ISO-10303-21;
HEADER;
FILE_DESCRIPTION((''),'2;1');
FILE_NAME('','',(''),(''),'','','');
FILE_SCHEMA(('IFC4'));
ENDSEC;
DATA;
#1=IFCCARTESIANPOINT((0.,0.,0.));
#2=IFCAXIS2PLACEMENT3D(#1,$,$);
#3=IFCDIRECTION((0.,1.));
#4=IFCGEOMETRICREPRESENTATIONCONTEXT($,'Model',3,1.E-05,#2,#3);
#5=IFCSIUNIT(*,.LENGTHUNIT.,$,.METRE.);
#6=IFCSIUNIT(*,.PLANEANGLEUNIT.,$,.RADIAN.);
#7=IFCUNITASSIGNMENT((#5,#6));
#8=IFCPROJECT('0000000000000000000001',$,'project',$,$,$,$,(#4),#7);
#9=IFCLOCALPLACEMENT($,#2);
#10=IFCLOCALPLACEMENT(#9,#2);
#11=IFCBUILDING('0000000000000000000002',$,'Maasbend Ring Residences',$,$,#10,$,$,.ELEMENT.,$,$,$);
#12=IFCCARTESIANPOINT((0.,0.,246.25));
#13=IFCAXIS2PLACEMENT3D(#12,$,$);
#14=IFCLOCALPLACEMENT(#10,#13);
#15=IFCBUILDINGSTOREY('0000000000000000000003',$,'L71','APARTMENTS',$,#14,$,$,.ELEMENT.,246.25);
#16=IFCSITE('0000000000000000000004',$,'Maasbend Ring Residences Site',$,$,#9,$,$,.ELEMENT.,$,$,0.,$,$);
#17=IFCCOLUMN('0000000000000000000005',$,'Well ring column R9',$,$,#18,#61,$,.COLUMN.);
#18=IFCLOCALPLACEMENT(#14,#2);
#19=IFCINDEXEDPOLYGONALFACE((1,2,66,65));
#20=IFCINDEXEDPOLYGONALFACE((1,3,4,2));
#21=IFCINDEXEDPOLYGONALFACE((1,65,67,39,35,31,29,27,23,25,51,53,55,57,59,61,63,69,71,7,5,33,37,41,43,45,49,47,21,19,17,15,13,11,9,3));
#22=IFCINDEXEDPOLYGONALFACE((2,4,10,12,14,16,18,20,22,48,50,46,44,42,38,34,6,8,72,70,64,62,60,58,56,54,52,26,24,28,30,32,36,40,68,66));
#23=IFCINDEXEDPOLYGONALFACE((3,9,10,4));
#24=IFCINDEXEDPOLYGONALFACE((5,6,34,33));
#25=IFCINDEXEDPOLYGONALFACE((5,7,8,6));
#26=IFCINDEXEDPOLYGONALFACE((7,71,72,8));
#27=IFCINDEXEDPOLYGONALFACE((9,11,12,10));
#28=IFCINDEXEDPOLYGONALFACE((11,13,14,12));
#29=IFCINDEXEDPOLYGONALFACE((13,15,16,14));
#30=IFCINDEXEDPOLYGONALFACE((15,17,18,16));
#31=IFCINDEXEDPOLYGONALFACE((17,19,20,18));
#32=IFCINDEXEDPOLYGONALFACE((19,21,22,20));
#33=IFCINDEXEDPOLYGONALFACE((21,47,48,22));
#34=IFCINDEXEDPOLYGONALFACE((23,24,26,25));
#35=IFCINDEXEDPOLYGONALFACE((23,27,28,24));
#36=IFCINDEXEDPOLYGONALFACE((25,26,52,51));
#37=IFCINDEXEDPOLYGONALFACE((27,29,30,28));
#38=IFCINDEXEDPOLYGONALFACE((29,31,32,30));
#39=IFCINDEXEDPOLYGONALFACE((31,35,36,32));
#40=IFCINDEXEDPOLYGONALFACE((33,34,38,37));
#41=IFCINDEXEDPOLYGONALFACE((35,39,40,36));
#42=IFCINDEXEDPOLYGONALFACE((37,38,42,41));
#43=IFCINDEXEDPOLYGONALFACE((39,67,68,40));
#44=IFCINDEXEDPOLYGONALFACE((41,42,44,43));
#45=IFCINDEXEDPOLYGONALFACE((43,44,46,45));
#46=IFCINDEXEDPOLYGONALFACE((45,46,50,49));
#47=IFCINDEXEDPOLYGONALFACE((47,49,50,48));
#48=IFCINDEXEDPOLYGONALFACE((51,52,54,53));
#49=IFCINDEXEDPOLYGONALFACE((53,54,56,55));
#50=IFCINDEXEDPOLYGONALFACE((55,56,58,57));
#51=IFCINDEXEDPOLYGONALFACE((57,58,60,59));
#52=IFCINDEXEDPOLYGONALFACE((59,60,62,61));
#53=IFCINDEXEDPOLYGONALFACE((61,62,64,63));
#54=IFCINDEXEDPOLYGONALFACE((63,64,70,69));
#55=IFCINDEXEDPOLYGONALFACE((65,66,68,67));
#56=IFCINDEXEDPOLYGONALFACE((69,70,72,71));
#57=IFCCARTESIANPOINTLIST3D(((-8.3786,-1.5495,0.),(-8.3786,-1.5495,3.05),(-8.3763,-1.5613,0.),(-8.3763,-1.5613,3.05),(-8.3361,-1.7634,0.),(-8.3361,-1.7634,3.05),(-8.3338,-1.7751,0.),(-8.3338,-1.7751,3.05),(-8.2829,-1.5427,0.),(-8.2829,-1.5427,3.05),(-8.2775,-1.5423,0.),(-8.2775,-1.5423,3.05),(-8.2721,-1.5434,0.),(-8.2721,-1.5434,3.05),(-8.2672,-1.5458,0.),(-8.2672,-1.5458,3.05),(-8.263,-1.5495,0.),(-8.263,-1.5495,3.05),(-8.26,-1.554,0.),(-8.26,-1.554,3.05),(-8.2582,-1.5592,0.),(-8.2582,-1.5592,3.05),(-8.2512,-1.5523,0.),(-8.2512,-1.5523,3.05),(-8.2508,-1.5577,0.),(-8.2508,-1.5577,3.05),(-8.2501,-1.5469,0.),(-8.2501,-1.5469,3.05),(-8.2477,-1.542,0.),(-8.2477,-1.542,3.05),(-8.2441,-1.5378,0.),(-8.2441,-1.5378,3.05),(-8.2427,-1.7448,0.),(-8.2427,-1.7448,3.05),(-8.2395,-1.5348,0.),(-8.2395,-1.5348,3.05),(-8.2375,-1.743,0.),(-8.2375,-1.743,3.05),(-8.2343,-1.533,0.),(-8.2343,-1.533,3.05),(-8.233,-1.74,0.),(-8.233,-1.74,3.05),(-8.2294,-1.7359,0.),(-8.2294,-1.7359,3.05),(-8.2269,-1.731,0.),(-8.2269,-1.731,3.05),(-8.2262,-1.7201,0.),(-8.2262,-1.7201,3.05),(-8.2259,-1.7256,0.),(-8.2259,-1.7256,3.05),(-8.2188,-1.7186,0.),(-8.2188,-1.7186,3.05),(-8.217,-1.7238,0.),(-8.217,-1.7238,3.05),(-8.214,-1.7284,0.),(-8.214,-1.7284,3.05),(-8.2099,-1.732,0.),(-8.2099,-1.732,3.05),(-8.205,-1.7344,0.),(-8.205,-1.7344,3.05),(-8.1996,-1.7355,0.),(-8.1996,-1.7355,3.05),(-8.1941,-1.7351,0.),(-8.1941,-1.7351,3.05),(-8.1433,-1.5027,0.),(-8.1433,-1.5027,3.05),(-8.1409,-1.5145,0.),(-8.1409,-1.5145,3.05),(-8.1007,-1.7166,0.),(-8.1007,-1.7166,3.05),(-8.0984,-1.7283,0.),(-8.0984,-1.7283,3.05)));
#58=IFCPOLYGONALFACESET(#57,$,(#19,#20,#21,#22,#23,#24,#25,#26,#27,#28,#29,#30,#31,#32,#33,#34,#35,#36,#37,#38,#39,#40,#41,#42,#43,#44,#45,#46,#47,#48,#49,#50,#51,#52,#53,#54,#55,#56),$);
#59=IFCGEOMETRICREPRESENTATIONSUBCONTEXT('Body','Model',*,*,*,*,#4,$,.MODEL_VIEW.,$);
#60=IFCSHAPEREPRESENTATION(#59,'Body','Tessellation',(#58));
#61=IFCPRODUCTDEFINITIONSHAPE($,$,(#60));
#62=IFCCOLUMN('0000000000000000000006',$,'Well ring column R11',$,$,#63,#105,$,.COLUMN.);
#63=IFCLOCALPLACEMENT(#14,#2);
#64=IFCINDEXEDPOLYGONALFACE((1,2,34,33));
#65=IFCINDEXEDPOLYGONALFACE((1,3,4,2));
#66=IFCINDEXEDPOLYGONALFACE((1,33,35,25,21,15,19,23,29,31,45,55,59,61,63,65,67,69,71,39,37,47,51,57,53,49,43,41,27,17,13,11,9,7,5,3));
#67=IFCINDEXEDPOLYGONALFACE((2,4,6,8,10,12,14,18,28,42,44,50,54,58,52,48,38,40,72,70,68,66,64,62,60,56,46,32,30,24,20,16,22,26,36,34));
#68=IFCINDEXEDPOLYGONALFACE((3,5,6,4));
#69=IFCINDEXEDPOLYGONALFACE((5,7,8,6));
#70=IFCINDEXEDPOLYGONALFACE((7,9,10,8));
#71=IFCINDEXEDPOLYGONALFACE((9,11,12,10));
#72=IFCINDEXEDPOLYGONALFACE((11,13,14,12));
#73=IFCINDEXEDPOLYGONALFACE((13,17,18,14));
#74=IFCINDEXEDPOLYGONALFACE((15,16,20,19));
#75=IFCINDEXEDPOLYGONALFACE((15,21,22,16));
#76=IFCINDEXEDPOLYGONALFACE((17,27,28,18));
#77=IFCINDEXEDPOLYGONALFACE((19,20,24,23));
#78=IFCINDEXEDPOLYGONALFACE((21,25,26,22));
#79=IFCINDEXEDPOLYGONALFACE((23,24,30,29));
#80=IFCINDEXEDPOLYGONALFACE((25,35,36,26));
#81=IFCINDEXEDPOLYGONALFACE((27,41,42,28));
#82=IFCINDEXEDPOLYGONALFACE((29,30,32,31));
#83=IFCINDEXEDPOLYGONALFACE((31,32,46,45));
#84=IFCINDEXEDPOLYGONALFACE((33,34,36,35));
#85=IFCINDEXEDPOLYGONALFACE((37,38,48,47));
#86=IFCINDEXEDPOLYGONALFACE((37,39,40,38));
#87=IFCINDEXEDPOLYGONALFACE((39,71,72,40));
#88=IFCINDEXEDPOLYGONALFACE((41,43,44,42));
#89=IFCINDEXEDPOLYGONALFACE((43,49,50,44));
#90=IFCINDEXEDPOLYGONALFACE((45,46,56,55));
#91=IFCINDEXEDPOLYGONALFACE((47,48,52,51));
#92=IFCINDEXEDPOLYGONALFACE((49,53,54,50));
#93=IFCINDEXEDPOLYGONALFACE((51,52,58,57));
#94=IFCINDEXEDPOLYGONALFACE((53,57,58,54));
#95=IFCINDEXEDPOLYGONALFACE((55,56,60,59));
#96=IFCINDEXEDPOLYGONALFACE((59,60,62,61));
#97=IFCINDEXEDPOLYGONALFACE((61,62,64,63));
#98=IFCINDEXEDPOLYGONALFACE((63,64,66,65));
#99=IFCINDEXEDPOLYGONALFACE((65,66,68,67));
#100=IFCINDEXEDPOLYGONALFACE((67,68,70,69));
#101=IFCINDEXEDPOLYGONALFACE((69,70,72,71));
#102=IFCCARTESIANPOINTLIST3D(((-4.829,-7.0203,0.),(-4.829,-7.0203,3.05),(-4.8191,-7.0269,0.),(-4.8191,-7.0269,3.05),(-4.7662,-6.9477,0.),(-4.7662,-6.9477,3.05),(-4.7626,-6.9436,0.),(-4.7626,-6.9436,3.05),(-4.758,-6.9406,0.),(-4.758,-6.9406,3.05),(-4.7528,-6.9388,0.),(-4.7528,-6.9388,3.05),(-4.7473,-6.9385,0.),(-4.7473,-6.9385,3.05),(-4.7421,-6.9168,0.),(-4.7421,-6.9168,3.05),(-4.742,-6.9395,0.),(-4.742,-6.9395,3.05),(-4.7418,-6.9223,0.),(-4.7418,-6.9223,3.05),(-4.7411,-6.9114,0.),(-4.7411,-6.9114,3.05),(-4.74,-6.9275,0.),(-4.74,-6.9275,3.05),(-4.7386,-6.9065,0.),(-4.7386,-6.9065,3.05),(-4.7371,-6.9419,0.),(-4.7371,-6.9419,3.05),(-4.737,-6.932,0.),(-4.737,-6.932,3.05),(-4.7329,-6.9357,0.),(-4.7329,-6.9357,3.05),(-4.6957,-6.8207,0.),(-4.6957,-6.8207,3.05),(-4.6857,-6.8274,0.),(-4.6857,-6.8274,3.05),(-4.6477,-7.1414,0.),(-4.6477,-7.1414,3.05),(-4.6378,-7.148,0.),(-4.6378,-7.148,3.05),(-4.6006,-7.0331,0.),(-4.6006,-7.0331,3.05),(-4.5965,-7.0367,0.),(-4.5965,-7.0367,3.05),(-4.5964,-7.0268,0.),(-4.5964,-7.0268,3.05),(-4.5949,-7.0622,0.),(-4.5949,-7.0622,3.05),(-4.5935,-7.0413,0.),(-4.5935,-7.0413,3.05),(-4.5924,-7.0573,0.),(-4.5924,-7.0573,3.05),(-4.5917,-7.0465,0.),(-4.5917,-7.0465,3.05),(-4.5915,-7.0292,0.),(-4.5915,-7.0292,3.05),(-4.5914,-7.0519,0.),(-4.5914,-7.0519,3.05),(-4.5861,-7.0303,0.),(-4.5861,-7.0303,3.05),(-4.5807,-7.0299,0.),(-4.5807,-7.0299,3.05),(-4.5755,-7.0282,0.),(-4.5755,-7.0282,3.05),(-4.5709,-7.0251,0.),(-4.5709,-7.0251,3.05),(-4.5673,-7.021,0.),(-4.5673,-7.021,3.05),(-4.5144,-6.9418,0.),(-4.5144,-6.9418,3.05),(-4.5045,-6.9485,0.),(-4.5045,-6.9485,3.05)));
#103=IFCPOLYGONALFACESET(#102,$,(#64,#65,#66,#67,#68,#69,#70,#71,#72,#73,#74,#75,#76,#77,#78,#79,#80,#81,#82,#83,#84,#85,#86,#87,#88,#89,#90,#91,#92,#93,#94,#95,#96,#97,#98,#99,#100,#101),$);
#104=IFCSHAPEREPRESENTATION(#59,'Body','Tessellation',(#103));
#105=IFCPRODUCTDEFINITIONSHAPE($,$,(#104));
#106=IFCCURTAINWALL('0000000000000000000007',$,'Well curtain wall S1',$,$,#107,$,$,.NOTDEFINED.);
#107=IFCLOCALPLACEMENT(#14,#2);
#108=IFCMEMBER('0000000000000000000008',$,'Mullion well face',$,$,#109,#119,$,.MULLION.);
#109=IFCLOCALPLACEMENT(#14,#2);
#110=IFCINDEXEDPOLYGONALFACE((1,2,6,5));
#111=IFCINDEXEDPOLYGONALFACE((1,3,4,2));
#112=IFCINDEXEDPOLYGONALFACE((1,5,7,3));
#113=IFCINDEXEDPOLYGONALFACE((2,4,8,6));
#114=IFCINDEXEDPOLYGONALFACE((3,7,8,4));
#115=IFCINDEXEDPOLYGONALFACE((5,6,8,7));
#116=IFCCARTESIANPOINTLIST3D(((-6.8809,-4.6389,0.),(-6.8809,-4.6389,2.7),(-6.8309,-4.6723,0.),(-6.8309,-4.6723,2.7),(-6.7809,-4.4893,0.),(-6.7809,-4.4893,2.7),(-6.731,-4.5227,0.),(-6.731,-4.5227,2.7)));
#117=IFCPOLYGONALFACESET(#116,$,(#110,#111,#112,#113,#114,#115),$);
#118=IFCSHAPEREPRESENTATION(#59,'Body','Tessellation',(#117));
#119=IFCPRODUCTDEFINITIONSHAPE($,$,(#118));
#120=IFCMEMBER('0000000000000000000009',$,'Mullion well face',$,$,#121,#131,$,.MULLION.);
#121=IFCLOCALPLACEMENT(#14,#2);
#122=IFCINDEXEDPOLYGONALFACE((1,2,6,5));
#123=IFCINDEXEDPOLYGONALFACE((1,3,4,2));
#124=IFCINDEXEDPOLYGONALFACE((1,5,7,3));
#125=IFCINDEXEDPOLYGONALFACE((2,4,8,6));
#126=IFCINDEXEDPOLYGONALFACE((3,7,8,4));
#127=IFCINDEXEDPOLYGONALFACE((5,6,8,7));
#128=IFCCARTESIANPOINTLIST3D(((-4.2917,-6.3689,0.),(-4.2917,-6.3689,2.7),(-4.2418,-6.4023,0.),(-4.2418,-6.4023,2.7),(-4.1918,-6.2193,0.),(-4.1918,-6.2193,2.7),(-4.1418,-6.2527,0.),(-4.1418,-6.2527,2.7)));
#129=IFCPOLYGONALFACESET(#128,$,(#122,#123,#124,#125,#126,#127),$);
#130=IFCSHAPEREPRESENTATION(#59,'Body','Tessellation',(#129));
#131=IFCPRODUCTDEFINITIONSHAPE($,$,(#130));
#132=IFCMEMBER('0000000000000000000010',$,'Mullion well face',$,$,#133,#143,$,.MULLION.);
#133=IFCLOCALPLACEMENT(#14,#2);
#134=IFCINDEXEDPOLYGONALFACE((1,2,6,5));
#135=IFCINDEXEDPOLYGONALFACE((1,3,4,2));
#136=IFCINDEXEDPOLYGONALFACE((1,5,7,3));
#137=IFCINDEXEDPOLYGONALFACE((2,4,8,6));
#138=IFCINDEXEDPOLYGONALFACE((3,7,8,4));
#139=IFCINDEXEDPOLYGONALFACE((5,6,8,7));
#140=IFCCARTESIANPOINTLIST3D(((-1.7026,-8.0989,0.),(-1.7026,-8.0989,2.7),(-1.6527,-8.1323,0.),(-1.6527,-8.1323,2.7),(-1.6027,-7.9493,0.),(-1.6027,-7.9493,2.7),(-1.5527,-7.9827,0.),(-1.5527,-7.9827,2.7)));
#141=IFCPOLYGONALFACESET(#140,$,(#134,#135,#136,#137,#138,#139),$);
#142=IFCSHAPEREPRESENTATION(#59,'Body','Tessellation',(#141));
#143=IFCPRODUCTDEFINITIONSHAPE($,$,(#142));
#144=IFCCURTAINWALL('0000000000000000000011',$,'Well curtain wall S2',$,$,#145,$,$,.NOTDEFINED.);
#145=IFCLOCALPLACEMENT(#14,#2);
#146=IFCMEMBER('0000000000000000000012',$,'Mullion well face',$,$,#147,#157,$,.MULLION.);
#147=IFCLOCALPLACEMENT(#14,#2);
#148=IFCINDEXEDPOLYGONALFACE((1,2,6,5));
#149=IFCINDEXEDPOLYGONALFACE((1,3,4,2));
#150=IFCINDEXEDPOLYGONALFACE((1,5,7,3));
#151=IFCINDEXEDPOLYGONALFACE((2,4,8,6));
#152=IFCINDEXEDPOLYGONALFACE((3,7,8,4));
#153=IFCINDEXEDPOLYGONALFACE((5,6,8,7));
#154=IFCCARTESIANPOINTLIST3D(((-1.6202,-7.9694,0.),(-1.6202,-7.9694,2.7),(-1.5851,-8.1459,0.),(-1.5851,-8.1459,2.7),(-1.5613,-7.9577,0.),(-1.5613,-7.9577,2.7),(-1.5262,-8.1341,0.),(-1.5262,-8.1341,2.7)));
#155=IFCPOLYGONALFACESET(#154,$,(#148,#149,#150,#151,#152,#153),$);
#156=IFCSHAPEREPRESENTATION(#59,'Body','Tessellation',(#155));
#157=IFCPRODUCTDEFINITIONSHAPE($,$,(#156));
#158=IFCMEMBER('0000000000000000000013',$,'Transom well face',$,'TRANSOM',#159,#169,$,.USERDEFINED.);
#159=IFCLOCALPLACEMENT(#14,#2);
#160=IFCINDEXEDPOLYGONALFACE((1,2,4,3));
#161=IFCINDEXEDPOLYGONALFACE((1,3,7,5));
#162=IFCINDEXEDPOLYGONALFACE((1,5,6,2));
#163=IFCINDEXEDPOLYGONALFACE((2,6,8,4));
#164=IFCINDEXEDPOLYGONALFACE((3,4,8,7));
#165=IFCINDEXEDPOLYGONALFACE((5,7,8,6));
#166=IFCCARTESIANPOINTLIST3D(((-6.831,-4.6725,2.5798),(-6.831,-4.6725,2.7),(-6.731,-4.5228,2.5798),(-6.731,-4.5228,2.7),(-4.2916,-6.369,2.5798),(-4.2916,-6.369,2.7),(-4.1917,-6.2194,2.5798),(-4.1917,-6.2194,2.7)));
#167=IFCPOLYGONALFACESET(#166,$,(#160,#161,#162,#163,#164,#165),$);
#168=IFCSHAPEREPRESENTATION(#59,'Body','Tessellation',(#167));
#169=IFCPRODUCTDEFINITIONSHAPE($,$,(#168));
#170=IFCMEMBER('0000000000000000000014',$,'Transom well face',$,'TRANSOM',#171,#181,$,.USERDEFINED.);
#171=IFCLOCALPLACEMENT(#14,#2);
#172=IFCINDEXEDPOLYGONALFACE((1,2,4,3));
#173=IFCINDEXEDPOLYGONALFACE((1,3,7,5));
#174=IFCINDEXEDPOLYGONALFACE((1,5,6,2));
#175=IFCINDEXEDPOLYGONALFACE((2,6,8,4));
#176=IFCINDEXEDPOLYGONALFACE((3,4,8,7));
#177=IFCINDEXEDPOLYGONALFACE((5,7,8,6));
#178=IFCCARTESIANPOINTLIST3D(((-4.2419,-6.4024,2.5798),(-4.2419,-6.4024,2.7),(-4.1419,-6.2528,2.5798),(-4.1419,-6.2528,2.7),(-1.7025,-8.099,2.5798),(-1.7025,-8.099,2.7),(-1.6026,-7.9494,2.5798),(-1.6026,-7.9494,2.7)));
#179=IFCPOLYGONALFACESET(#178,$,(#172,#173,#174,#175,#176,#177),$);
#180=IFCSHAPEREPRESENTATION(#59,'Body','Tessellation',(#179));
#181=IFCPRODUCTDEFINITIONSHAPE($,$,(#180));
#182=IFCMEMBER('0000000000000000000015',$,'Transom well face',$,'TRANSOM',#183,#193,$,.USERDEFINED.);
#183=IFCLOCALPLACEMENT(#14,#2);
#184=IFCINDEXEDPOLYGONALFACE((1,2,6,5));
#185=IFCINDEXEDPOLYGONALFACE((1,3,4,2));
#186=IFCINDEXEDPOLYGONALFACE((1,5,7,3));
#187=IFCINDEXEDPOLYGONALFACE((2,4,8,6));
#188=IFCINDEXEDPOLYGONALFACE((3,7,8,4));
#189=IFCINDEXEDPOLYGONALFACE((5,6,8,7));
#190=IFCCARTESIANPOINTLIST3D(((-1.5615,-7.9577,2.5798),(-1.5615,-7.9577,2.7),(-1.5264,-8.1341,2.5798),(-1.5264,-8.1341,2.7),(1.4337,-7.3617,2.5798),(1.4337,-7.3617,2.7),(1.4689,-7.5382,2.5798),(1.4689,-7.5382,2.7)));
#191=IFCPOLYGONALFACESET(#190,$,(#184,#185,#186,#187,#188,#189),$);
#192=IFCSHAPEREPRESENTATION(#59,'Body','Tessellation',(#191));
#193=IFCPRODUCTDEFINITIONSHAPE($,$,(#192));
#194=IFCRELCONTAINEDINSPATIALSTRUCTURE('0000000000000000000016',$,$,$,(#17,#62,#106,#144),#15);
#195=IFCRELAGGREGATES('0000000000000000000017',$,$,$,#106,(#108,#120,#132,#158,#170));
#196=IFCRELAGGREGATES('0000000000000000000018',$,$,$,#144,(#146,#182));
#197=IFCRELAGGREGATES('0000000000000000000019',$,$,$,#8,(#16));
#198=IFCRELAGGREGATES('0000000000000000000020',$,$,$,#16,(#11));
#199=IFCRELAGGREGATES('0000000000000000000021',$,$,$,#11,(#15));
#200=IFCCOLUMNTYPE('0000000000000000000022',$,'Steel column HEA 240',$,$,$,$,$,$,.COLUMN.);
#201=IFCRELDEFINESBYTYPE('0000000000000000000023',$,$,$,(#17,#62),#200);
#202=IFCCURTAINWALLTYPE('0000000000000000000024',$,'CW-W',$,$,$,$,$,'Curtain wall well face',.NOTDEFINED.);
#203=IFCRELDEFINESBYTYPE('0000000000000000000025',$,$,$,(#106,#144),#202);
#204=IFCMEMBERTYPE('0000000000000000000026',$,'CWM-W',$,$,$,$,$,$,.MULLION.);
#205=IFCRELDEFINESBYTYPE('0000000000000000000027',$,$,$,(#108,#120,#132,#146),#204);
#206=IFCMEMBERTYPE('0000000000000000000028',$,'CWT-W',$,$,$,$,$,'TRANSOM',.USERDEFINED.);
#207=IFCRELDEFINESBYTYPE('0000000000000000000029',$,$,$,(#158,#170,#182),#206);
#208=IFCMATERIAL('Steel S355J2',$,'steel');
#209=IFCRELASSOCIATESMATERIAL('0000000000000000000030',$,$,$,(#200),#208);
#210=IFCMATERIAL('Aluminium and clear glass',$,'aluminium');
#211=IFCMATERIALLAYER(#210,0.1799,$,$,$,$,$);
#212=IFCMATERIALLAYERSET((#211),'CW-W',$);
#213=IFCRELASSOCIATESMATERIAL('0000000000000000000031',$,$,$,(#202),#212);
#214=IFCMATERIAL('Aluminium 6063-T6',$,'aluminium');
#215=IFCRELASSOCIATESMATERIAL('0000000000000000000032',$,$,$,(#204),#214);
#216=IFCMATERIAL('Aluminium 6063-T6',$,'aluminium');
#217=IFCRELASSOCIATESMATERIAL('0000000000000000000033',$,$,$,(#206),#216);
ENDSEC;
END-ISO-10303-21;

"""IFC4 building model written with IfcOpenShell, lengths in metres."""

from ifc_helpers import new_model, si_unit, direction, frame, origin, origin_2d, place, context, subcontext, project, spatial, rectangle, i_section, extrude, material, layer, layer_set, material_profile, profile_set, type_object, element, aggregate, save


model = new_model("IFC4")

# Units and contexts
model_context = context("Model", 3, precision=1e-05, world=origin(), true_north=direction((0.0, 1.0)))
body_context = subcontext(model_context, "Body", "Model", "MODEL_VIEW")
ifc_project = project(units=[si_unit("LENGTHUNIT", "METRE"), si_unit("PLANEANGLEUNIT", "RADIAN")], contexts=[model_context])

# Site, building, storey
site_placement = place(None, origin())
site = spatial("IfcSite", under=ifc_project, at=site_placement, Name="Maasbend Ring Residences Site", CompositionType="ELEMENT", RefElevation=0.0)
building_placement = place(site_placement, origin())
building = spatial("IfcBuilding", under=site, at=building_placement, Name="Maasbend Ring Residences", CompositionType="ELEMENT")
storey_placement = place(building_placement, frame((0.0, 0.0, 246.25)))
storey = spatial("IfcBuildingStorey", under=building, at=storey_placement, Name="L71", Description="APARTMENTS", CompositionType="ELEMENT", Elevation=246.25)

# Columns
ifc_material_1 = material(Name="Steel S355J2", Category="steel")
ifc_material_profile_1 = material_profile(ifc_material_1, i_section(OverallWidth=0.24, OverallDepth=0.23, WebThickness=0.0076, FlangeThickness=0.012, FilletRadius=0.021, at=origin_2d()), Name="HEA 240")
ifc_profile_set_1 = profile_set([ifc_material_profile_1], Name="Steel S355J2")
column_type = type_object("IfcColumnType", Name="Steel column HEA 240", PredefinedType="COLUMN", material=ifc_profile_set_1)
for number, where, z_axis, x_axis, name in (
    (1, (-8.2385, -1.6389, 0.0), (0.0, 0.0, 1.0), (-0.980785, -0.19509, 0.0), "Well ring column R9"),
    (2, (-4.6667, -6.9844, 0.0), (0.0, 0.0, 1.0), (-0.55557, -0.83147, 0.0), "Well ring column R11"),
):
    element("IfcColumn", number, at=place(storey_placement, frame(where, z_axis=z_axis, x_axis=x_axis)), inside=storey, type_object=column_type, Name=name, PredefinedType="COLUMN", context=body_context, shape_type="SweptSolid", body=[
        extrude(i_section(OverallWidth=0.24, OverallDepth=0.23, WebThickness=0.0076, FlangeThickness=0.012, FilletRadius=0.021, at=origin_2d()), origin(), (0.0, 0.0, 1.0), 3.05),
    ])

# Curtain wall, members
ifc_material_2 = material(Name="Aluminium and clear glass", Category="aluminium")
ifc_layer_1 = layer(ifc_material_2, 0.1799)
ifc_layer_set_1 = layer_set([ifc_layer_1], Name="CW-W")
curtain_wall_type = type_object("IfcCurtainWallType", Name="CW-W", ElementType="Curtain wall well face", PredefinedType="NOTDEFINED", material=ifc_layer_set_1)
curtain_wall_1_placement = place(storey_placement, origin())
curtain_wall_1 = element("IfcCurtainWall", 3, at=curtain_wall_1_placement, inside=storey, type_object=curtain_wall_type, Name="Well curtain wall S1", PredefinedType="NOTDEFINED")
ifc_material_3 = material(Name="Aluminium 6063-T6", Category="aluminium")
ifc_material_profile_2 = material_profile(ifc_material_3, rectangle(XDim=0.1799, YDim=0.0601, at=origin_2d()), Name="AL 180x60")
ifc_profile_set_2 = profile_set([ifc_material_profile_2], Name="Aluminium 6063-T6")
member_type_1 = type_object("IfcMemberType", Name="CWM-W", PredefinedType="MULLION", material=ifc_profile_set_2)
member_1_placement = place(storey_placement, frame((-6.8059, -4.5808, 0.0), z_axis=(0.0, 0.0, 1.0), x_axis=(0.55557, 0.83147, 0.0)))
member_1 = element("IfcMember", 4, at=member_1_placement, type_object=member_type_1, Name="Mullion well face", PredefinedType="MULLION", context=body_context, shape_type="SweptSolid", body=[
    extrude(rectangle(XDim=0.1799, YDim=0.0601, at=origin_2d()), origin(), (0.0, 0.0, 1.0), 2.7),
])
member_2_placement = place(storey_placement, frame((-4.2168, -6.3108, 0.0), z_axis=(0.0, 0.0, 1.0), x_axis=(0.55557, 0.83147, 0.0)))
member_2 = element("IfcMember", 5, at=member_2_placement, type_object=member_type_1, Name="Mullion well face", PredefinedType="MULLION", context=body_context, shape_type="SweptSolid", body=[
    extrude(rectangle(XDim=0.1799, YDim=0.0601, at=origin_2d()), origin(), (0.0, 0.0, 1.0), 2.7),
])
member_3_placement = place(storey_placement, frame((-1.6277, -8.0408, 0.0), z_axis=(0.0, 0.0, 1.0), x_axis=(0.55557, 0.83147, 0.0)))
member_3 = element("IfcMember", 6, at=member_3_placement, type_object=member_type_1, Name="Mullion well face", PredefinedType="MULLION", context=body_context, shape_type="SweptSolid", body=[
    extrude(rectangle(XDim=0.1799, YDim=0.0601, at=origin_2d()), origin(), (0.0, 0.0, 1.0), 2.7),
])

# Curtain wall, member
curtain_wall_2_placement = place(storey_placement, origin())
curtain_wall_2 = element("IfcCurtainWall", 7, at=curtain_wall_2_placement, inside=storey, type_object=curtain_wall_type, Name="Well curtain wall S2", PredefinedType="NOTDEFINED")
member_4_placement = place(storey_placement, frame((-1.5732, -8.0518, 0.0), z_axis=(0.0, 0.0, 1.0), x_axis=(-0.19509, 0.980785, 0.0)))
member_4 = element("IfcMember", 8, at=member_4_placement, type_object=member_type_1, Name="Mullion well face", PredefinedType="MULLION", context=body_context, shape_type="SweptSolid", body=[
    extrude(rectangle(XDim=0.1799, YDim=0.0601, at=origin_2d()), origin(), (0.0, 0.0, 1.0), 2.7),
])

# Members
ifc_material_4 = material(Name="Aluminium 6063-T6", Category="aluminium")
ifc_material_profile_3 = material_profile(ifc_material_4, rectangle(XDim=0.1799, YDim=0.1201, at=origin_2d()), Name="AL 180x120")
ifc_profile_set_3 = profile_set([ifc_material_profile_3], Name="Aluminium 6063-T6")
member_type_2 = type_object("IfcMemberType", Name="CWT-W", ElementType="TRANSOM", PredefinedType="USERDEFINED", material=ifc_profile_set_3)
member_5_placement = place(storey_placement, frame((-6.781, -4.5977, 2.6399), z_axis=(0.831496, -0.55553, 0.0), x_axis=(0.55553, 0.831496, 0.0)))
member_5 = element("IfcMember", 9, at=member_5_placement, type_object=member_type_2, Name="Transom well face", ObjectType="TRANSOM", PredefinedType="USERDEFINED", context=body_context, shape_type="SweptSolid", body=[
    extrude(rectangle(XDim=0.1799, YDim=0.1201, at=origin_2d()), origin(), (0.0, 0.0, 1.0), 3.054),
])
member_6_placement = place(storey_placement, frame((-4.1919, -6.3276, 2.6399), z_axis=(0.831496, -0.55553, 0.0), x_axis=(0.55553, 0.831496, 0.0)))
member_6 = element("IfcMember", 10, at=member_6_placement, type_object=member_type_2, Name="Transom well face", ObjectType="TRANSOM", PredefinedType="USERDEFINED", context=body_context, shape_type="SweptSolid", body=[
    extrude(rectangle(XDim=0.1799, YDim=0.1201, at=origin_2d()), origin(), (0.0, 0.0, 1.0), 3.054),
])
member_7_placement = place(storey_placement, frame((-1.5439, -8.0459, 2.6399), z_axis=(0.980777, 0.195132, 0.0), x_axis=(-0.195132, 0.980777, 0.0)))
member_7 = element("IfcMember", 11, at=member_7_placement, type_object=member_type_2, Name="Transom well face", ObjectType="TRANSOM", PredefinedType="USERDEFINED", context=body_context, shape_type="SweptSolid", body=[
    extrude(rectangle(XDim=0.1799, YDim=0.1201, at=origin_2d()), origin(), (0.0, 0.0, 1.0), 3.054),
])

aggregate(curtain_wall_1, [member_1, member_2, member_3, member_5, member_6])
aggregate(curtain_wall_2, [member_4, member_7])

save(model, "model.ifc")
